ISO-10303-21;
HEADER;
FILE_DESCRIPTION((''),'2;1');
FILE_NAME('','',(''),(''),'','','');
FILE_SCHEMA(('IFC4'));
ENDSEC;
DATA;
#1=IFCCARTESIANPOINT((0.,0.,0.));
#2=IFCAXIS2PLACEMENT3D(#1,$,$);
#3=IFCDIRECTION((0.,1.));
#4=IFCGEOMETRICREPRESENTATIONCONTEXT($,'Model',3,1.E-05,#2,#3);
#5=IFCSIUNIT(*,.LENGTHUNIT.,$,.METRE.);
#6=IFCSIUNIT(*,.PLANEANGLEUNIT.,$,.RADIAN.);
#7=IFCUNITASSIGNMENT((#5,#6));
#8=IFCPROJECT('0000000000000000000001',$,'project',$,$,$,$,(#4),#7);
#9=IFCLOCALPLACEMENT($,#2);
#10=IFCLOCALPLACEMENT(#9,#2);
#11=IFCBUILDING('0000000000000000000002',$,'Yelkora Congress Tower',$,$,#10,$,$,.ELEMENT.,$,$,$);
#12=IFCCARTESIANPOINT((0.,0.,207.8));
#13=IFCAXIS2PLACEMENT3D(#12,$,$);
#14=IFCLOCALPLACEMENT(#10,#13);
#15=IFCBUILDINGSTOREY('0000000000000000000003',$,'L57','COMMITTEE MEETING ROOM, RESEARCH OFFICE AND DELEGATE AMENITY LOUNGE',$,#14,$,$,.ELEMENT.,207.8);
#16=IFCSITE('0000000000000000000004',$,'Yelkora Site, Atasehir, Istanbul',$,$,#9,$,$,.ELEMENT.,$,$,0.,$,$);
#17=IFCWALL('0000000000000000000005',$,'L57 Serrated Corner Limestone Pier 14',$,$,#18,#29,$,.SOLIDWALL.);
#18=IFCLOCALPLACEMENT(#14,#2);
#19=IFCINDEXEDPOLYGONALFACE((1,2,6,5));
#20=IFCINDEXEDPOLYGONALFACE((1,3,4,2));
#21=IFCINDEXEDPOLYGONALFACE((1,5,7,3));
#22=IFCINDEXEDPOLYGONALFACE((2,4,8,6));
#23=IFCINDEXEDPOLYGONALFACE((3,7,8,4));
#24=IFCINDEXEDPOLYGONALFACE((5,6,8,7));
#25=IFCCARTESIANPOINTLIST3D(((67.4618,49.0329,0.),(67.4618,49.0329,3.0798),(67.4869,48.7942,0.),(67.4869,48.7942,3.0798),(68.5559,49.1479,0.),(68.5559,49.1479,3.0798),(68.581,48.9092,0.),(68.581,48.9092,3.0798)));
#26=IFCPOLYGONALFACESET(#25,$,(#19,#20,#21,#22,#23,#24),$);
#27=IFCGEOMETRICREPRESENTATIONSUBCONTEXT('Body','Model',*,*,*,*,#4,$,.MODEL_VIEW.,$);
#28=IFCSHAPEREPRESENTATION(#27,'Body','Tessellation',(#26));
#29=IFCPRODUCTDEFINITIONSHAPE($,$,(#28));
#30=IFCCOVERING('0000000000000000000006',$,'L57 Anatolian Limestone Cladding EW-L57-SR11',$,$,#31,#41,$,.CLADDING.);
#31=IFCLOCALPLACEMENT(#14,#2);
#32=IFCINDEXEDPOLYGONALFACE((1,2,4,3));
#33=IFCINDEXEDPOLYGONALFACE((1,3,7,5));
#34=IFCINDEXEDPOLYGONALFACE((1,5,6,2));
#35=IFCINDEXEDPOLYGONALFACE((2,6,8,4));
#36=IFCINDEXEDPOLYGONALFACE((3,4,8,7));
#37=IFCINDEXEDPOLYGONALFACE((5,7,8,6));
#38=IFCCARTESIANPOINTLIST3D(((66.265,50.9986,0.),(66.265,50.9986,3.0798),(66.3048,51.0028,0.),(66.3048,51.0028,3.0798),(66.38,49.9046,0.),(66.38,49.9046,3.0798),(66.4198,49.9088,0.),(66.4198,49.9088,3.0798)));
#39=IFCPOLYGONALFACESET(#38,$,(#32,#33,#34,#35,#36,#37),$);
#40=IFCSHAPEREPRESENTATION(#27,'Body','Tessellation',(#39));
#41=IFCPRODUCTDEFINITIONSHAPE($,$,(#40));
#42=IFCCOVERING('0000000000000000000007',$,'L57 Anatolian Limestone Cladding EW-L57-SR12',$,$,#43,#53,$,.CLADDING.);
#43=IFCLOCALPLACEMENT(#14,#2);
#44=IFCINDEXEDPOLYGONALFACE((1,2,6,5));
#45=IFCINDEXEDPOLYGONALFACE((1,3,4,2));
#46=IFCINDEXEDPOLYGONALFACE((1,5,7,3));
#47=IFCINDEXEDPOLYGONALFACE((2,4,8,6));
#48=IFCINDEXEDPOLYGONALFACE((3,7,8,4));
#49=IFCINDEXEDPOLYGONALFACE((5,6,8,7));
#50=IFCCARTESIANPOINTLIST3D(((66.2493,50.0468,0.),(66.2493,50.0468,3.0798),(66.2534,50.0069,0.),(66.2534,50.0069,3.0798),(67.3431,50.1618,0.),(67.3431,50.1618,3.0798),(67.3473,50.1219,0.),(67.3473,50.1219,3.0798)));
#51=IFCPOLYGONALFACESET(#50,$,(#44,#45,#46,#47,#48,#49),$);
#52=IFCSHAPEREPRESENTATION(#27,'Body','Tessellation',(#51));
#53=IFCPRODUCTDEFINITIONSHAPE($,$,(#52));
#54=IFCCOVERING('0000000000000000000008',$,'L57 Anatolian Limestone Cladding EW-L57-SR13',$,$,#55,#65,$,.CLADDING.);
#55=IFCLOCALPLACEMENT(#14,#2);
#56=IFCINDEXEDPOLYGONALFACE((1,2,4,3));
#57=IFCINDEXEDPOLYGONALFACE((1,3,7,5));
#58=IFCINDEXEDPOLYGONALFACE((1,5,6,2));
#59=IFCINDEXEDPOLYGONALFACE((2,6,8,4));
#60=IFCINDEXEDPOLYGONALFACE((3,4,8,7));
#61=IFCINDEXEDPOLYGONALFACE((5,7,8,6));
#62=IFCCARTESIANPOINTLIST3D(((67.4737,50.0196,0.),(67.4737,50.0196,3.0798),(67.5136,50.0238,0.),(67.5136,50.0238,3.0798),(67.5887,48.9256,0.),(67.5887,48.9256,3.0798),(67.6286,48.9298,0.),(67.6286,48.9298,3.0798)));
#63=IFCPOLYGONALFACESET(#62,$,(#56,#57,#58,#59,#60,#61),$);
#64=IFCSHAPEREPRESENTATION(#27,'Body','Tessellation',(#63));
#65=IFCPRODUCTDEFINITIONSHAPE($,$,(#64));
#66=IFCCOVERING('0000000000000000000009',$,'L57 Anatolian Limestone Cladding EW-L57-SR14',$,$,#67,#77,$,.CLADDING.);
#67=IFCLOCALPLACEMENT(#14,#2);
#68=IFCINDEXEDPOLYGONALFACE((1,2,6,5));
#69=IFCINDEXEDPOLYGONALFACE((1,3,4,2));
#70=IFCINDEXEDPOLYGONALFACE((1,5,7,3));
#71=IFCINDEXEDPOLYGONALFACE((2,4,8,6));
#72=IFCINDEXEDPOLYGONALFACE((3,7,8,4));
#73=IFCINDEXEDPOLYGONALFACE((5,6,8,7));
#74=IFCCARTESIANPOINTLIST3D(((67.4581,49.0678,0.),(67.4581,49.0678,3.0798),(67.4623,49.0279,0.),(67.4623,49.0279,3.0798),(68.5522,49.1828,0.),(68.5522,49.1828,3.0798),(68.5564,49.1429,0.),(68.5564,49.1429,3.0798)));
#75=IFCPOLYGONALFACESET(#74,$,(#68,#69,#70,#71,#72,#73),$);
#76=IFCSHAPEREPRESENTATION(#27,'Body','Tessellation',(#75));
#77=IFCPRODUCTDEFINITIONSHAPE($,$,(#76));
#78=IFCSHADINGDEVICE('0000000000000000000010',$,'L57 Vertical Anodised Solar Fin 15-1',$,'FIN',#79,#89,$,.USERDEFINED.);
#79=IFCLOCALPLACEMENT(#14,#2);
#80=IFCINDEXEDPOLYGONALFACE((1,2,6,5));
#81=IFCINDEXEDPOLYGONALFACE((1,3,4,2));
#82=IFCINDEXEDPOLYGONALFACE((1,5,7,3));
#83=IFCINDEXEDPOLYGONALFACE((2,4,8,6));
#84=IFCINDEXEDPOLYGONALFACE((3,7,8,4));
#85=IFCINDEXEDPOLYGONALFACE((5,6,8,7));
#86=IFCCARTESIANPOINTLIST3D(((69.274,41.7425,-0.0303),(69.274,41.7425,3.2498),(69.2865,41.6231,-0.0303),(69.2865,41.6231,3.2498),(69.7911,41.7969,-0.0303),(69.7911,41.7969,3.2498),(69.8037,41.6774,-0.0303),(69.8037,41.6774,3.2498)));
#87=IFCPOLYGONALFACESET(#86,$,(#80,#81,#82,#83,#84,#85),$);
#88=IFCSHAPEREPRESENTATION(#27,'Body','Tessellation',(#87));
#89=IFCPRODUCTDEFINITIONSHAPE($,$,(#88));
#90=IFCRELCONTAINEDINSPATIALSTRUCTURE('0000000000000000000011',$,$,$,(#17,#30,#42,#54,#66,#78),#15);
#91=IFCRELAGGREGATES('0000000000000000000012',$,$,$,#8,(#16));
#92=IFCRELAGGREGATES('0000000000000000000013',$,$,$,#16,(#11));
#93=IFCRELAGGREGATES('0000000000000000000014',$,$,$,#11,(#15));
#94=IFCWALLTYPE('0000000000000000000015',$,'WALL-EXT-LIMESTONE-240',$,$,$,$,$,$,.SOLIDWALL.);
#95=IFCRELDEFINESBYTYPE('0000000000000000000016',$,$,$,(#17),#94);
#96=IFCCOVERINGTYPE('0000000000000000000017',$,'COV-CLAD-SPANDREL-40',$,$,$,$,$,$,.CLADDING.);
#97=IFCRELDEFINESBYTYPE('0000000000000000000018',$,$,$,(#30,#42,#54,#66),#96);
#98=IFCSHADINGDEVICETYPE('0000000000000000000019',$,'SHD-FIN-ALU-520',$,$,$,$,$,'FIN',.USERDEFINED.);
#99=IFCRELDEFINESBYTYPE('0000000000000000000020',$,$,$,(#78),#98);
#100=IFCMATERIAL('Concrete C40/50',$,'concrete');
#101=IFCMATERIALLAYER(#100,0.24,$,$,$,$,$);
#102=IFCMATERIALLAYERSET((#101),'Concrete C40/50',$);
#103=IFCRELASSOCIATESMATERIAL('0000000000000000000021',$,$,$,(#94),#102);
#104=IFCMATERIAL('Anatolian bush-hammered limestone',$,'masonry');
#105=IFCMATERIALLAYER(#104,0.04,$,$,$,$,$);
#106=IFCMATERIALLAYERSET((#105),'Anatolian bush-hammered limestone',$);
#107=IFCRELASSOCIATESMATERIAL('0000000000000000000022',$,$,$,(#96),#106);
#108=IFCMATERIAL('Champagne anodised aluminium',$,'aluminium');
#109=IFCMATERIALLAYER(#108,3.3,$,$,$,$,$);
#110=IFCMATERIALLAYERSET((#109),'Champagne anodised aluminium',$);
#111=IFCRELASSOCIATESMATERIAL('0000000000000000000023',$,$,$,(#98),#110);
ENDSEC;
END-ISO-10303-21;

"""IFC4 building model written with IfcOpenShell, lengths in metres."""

from ifc_helpers import new_model, si_unit, direction, frame, frame_2d, origin, origin_2d, place, context, subcontext, project, spatial, rectangle, extrude, material, layer, layer_set, type_object, element, save


model = new_model("IFC4")

# Units and contexts
model_context = context("Model", 3, precision=1e-05, world=origin(), true_north=direction((0.0, 1.0)))
body_context = subcontext(model_context, "Body", "Model", "MODEL_VIEW")
ifc_project = project(units=[si_unit("LENGTHUNIT", "METRE"), si_unit("PLANEANGLEUNIT", "RADIAN")], contexts=[model_context])

# Site, building, storey
site_placement = place(None, origin())
site = spatial("IfcSite", under=ifc_project, at=site_placement, Name="Yelkora Site, Atasehir, Istanbul", CompositionType="ELEMENT", RefElevation=0.0)
building_placement = place(site_placement, origin())
building = spatial("IfcBuilding", under=site, at=building_placement, Name="Yelkora Congress Tower", CompositionType="ELEMENT")
storey_placement = place(building_placement, frame((0.0, 0.0, 207.8)))
storey = spatial("IfcBuildingStorey", under=building, at=storey_placement, Name="L57", Description="COMMITTEE MEETING ROOM, RESEARCH OFFICE AND DELEGATE AMENITY LOUNGE", CompositionType="ELEMENT", Elevation=207.8)

# Wall
ifc_material_1 = material(Name="Concrete C40/50", Category="concrete")
ifc_layer_1 = layer(ifc_material_1, 0.24)
ifc_layer_set_1 = layer_set([ifc_layer_1], Name="Concrete C40/50")
wall_type = type_object("IfcWallType", Name="WALL-EXT-LIMESTONE-240", PredefinedType="SOLIDWALL", material=ifc_layer_set_1)
for number, where, z_axis, x_axis, name in (
    (1, (67.4744, 48.9136, 0.0), (0.0, 0.0, 1.0), (0.994521, 0.104535, 0.0), "L57 Serrated Corner Limestone Pier 14"),
):
    element("IfcWall", number, at=place(storey_placement, frame(where, z_axis=z_axis, x_axis=x_axis)), inside=storey, type_object=wall_type, Name=name, PredefinedType="SOLIDWALL", context=body_context, shape_type="SweptSolid", body=[
        extrude(rectangle(XDim=1.1001, YDim=0.24, at=frame_2d((0.55, 0.0))), origin(), (0.0, 0.0, 1.0), 3.0798),
    ])

# Coverings
ifc_material_2 = material(Name="Anatolian bush-hammered limestone", Category="masonry")
ifc_layer_2 = layer(ifc_material_2, 0.04)
ifc_layer_set_2 = layer_set([ifc_layer_2], Name="Anatolian bush-hammered limestone")
covering_type = type_object("IfcCoveringType", Name="COV-CLAD-SPANDREL-40", PredefinedType="CLADDING", material=ifc_layer_set_2)
covering_1_placement = place(storey_placement, frame((66.2849, 51.0007, 0.0), z_axis=(0.0, 0.0, 1.0), x_axis=(0.104535, -0.994521, 0.0)))
element("IfcCovering", 2, at=covering_1_placement, inside=storey, type_object=covering_type, Name="L57 Anatolian Limestone Cladding EW-L57-SR11", PredefinedType="CLADDING", context=body_context, shape_type="SweptSolid", body=[
    extrude(rectangle(XDim=1.1001, YDim=0.04, at=frame_2d((0.55, 0.0))), origin(), (0.0, 0.0, 1.0), 3.0798),
])
covering_2_placement = place(storey_placement, frame((66.2515, 50.0269, 0.0), z_axis=(0.0, 0.0, 1.0), x_axis=(0.994519, 0.104558, 0.0)))
element("IfcCovering", 3, at=covering_2_placement, inside=storey, type_object=covering_type, Name="L57 Anatolian Limestone Cladding EW-L57-SR12", PredefinedType="CLADDING", context=body_context, shape_type="SweptSolid", body=[
    extrude(rectangle(XDim=1.0999, YDim=0.04, at=frame_2d((0.5498, 0.0))), origin(), (0.0, 0.0, 1.0), 3.0798),
])
for number, where, z_axis, x_axis, name in (
    (4, (67.4937, 50.0217, 0.0), (0.0, 0.0, 1.0), (0.104535, -0.994521, 0.0), "L57 Anatolian Limestone Cladding EW-L57-SR13"),
    (5, (67.4602, 49.0479, 0.0), (0.0, 0.0, 1.0), (0.994521, 0.104535, 0.0), "L57 Anatolian Limestone Cladding EW-L57-SR14"),
):
    element("IfcCovering", number, at=place(storey_placement, frame(where, z_axis=z_axis, x_axis=x_axis)), inside=storey, type_object=covering_type, Name=name, PredefinedType="CLADDING", context=body_context, shape_type="SweptSolid", body=[
        extrude(rectangle(XDim=1.1001, YDim=0.04, at=frame_2d((0.55, 0.0))), origin(), (0.0, 0.0, 1.0), 3.0798),
    ])

# Shading device
ifc_material_3 = material(Name="Champagne anodised aluminium", Category="aluminium")
ifc_layer_3 = layer(ifc_material_3, 3.3)
ifc_layer_set_3 = layer_set([ifc_layer_3], Name="Champagne anodised aluminium")
shading_device_type = type_object("IfcShadingDeviceType", Name="SHD-FIN-ALU-520", ElementType="FIN", PredefinedType="USERDEFINED", material=ifc_layer_set_3)
shading_device_placement = place(storey_placement, frame((69.5388, 41.71, -0.0303), z_axis=(0.0, 0.0, 1.0), x_axis=(0.104528, -0.994522, 0.0)))
element("IfcShadingDevice", 6, at=shading_device_placement, inside=storey, type_object=shading_device_type, Name="L57 Vertical Anodised Solar Fin 15-1", ObjectType="FIN", PredefinedType="USERDEFINED", context=body_context, shape_type="SweptSolid", body=[
    extrude(rectangle(XDim=0.1201, YDim=0.52, at=origin_2d()), origin(), (0.0, 0.0, 1.0), 3.28),
])

save(model, "model.ifc")
